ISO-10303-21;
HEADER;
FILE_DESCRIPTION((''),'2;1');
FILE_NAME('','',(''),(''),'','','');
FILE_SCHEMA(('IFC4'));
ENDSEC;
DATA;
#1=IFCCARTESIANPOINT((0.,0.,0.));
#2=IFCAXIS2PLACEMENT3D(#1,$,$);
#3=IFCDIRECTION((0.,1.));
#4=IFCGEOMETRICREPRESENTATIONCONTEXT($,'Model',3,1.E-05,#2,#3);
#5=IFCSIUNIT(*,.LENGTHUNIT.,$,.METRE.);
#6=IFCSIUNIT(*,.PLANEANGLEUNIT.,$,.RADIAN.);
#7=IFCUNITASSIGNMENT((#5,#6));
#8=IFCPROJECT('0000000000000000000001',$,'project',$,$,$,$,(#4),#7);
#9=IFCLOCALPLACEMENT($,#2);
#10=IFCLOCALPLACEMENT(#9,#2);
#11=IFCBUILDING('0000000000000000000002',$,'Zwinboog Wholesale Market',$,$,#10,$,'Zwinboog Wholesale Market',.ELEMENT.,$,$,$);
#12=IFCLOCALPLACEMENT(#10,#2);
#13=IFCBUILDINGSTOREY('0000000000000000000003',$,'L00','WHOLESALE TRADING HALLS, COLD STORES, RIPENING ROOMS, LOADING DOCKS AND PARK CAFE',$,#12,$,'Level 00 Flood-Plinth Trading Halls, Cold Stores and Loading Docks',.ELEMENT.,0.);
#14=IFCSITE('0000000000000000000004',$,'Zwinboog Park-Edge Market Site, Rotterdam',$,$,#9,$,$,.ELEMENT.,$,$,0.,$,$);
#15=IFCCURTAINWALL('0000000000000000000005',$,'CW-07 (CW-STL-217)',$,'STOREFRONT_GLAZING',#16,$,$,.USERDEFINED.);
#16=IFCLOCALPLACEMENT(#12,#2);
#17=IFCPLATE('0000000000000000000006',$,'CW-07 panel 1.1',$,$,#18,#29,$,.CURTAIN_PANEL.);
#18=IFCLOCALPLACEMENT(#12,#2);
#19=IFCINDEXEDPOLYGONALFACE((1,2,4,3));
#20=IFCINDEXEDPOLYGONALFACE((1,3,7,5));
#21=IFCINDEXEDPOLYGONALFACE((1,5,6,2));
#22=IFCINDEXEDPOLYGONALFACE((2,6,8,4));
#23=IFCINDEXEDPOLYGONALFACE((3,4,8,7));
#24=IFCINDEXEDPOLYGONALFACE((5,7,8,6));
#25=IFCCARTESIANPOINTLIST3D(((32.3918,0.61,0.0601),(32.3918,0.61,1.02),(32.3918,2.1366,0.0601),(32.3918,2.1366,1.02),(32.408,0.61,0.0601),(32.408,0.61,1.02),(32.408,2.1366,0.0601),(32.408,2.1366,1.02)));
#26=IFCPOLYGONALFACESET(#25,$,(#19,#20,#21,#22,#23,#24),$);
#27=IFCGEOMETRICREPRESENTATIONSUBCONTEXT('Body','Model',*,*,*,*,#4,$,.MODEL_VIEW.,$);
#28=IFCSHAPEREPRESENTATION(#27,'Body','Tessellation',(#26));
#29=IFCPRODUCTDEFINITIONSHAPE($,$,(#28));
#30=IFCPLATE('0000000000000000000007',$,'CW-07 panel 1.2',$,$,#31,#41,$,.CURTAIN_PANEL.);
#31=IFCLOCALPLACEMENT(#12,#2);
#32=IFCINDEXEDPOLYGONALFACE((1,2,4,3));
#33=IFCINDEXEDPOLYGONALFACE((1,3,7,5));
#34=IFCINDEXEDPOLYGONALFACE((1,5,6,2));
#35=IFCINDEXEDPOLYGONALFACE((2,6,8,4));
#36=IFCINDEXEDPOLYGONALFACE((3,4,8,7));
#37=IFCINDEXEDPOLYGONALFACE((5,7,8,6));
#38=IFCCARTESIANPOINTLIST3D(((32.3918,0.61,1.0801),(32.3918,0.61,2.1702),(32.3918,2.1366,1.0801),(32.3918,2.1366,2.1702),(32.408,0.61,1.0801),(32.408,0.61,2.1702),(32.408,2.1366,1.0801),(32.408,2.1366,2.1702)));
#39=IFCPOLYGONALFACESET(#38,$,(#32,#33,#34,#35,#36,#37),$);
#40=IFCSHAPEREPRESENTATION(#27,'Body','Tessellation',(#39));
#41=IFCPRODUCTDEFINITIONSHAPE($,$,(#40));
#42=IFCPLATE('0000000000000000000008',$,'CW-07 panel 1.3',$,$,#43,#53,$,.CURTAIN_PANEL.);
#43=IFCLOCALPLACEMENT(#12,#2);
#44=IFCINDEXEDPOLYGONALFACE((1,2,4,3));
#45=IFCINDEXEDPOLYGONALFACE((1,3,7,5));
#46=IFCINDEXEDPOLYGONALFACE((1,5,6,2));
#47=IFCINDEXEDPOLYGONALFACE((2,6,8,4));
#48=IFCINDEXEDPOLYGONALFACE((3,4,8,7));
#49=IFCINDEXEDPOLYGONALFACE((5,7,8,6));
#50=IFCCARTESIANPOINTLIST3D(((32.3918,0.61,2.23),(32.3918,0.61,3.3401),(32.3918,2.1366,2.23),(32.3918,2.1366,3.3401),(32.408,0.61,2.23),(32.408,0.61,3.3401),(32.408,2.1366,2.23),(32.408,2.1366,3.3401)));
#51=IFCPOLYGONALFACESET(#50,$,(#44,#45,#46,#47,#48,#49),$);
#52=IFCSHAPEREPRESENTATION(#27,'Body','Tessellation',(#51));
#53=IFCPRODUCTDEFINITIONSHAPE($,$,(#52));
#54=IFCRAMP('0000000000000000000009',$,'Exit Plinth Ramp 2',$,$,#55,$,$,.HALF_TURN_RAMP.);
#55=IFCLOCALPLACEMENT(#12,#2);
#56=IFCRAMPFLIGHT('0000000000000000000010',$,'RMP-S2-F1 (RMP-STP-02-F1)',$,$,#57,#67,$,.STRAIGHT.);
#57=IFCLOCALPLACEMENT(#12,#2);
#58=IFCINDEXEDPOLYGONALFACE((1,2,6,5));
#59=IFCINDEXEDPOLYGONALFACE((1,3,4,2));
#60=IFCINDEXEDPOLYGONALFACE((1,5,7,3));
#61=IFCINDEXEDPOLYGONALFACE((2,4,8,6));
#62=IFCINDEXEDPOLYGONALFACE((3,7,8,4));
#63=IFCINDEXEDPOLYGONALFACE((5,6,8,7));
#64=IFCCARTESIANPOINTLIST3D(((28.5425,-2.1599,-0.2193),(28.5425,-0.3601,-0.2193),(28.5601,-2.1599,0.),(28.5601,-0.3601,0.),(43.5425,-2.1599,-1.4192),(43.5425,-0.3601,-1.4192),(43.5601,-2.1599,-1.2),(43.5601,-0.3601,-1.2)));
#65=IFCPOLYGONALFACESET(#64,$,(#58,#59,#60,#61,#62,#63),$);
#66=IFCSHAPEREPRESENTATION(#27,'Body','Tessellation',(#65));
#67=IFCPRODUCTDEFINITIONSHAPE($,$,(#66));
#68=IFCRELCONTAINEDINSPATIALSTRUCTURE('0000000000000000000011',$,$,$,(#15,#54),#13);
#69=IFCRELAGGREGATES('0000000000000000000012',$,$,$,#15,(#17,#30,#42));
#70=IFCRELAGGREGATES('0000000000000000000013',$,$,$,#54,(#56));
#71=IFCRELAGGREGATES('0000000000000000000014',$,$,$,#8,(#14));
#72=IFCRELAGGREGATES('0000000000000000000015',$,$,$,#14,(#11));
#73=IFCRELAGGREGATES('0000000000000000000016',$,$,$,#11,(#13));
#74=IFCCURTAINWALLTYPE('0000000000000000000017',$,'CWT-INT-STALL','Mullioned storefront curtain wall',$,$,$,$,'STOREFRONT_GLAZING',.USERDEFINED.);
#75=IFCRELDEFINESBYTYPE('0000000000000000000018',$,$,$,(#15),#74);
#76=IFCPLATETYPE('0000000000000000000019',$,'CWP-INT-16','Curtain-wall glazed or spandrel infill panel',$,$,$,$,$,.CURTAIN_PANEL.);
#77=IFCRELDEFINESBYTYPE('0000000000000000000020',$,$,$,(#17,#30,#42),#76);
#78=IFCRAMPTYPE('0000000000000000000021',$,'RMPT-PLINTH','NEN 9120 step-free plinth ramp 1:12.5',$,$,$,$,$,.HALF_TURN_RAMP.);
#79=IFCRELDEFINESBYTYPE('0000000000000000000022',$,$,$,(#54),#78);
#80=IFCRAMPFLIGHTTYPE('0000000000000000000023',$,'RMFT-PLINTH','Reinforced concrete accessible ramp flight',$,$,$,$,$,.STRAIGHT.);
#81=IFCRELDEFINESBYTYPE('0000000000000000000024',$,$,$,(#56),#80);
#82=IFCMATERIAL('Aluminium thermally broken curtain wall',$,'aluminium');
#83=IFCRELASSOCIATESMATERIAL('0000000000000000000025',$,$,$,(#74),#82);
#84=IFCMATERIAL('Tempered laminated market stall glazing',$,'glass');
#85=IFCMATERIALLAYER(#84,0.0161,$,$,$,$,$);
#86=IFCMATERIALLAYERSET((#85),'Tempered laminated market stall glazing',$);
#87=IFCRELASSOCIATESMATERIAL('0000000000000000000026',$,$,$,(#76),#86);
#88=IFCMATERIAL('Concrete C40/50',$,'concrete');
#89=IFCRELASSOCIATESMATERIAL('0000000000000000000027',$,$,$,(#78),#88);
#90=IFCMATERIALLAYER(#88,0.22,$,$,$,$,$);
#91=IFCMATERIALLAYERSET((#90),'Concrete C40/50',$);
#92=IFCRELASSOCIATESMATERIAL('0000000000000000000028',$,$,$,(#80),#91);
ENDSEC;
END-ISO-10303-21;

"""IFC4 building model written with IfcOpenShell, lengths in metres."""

from ifc_helpers import new_model, si_unit, direction, frame, origin, origin_2d, place, context, subcontext, project, spatial, polyline, rectangle, outline, extrude, material, layer, layer_set, type_object, element, aggregate, save


model = new_model("IFC4")

# Units and contexts
model_context = context("Model", 3, precision=1e-05, world=origin(), true_north=direction((0.0, 1.0)))
body_context = subcontext(model_context, "Body", "Model", "MODEL_VIEW")
ifc_project = project(units=[si_unit("LENGTHUNIT", "METRE"), si_unit("PLANEANGLEUNIT", "RADIAN")], contexts=[model_context])

# Site, building, storey
site_placement = place(None, origin())
site = spatial("IfcSite", under=ifc_project, at=site_placement, Name="Zwinboog Park-Edge Market Site, Rotterdam", CompositionType="ELEMENT", RefElevation=0.0)
building_placement = place(site_placement, origin())
building = spatial("IfcBuilding", under=site, at=building_placement, Name="Zwinboog Wholesale Market", LongName="Zwinboog Wholesale Market", CompositionType="ELEMENT")
storey_placement = place(building_placement, origin())
storey = spatial("IfcBuildingStorey", under=building, at=storey_placement, Name="L00", Description="WHOLESALE TRADING HALLS, COLD STORES, RIPENING ROOMS, LOADING DOCKS AND PARK CAFE", LongName="Level 00 Flood-Plinth Trading Halls, Cold Stores and Loading Docks", CompositionType="ELEMENT", Elevation=0.0)

# Shared definitions
ifc_material_1 = material(Name="Concrete C40/50", Category="concrete")

# Curtain wall, plates
ifc_material_2 = material(Name="Aluminium thermally broken curtain wall", Category="aluminium")
curtain_wall_type = type_object("IfcCurtainWallType", Name="CWT-INT-STALL", Description="Mullioned storefront curtain wall", ElementType="STOREFRONT_GLAZING", PredefinedType="USERDEFINED", material=ifc_material_2)
curtain_wall_placement = place(storey_placement, origin())
curtain_wall = element("IfcCurtainWall", 1, at=curtain_wall_placement, inside=storey, type_object=curtain_wall_type, Name="CW-07 (CW-STL-217)", ObjectType="STOREFRONT_GLAZING", PredefinedType="USERDEFINED")
ifc_material_3 = material(Name="Tempered laminated market stall glazing", Category="glass")
ifc_layer_1 = layer(ifc_material_3, 0.0161)
ifc_layer_set_1 = layer_set([ifc_layer_1], Name="Tempered laminated market stall glazing")
plate_type = type_object("IfcPlateType", Name="CWP-INT-16", Description="Curtain-wall glazed or spandrel infill panel", PredefinedType="CURTAIN_PANEL", material=ifc_layer_set_1)
plate_1_placement = place(storey_placement, frame((32.3999, 1.3733, 0.0601), z_axis=(0.0, 0.0, 1.0), x_axis=(0.0, 1.0, 0.0)))
plate_1 = element("IfcPlate", 2, at=plate_1_placement, type_object=plate_type, Name="CW-07 panel 1.1", PredefinedType="CURTAIN_PANEL", context=body_context, shape_type="SweptSolid", body=[
    extrude(rectangle(XDim=1.5266, YDim=0.0161, at=origin_2d()), origin(), (0.0, 0.0, 1.0), 0.96),
])
plate_2_placement = place(storey_placement, frame((32.3999, 1.3733, 1.0801), z_axis=(0.0, 0.0, 1.0), x_axis=(0.0, 1.0, 0.0)))
plate_2 = element("IfcPlate", 3, at=plate_2_placement, type_object=plate_type, Name="CW-07 panel 1.2", PredefinedType="CURTAIN_PANEL", context=body_context, shape_type="SweptSolid", body=[
    extrude(rectangle(XDim=1.5266, YDim=0.0161, at=origin_2d()), origin(), (0.0, 0.0, 1.0), 1.0901),
])
plate_3_placement = place(storey_placement, frame((32.3999, 1.3733, 2.23), z_axis=(0.0, 0.0, 1.0), x_axis=(0.0, 1.0, 0.0)))
plate_3 = element("IfcPlate", 4, at=plate_3_placement, type_object=plate_type, Name="CW-07 panel 1.3", PredefinedType="CURTAIN_PANEL", context=body_context, shape_type="SweptSolid", body=[
    extrude(rectangle(XDim=1.5266, YDim=0.0161, at=origin_2d()), origin(), (0.0, 0.0, 1.0), 1.1101),
])
aggregate(curtain_wall, [plate_1, plate_2, plate_3])

# Ramp, ramp flight
ramp_type = type_object("IfcRampType", Name="RMPT-PLINTH", Description="NEN 9120 step-free plinth ramp 1:12.5", PredefinedType="HALF_TURN_RAMP", material=ifc_material_1)
ramp_placement = place(storey_placement, origin())
ramp = element("IfcRamp", 5, at=ramp_placement, inside=storey, type_object=ramp_type, Name="Exit Plinth Ramp 2", PredefinedType="HALF_TURN_RAMP")
ifc_layer_2 = layer(ifc_material_1, 0.22)
ifc_layer_set_2 = layer_set([ifc_layer_2], Name="Concrete C40/50")
ramp_flight_type = type_object("IfcRampFlightType", Name="RMFT-PLINTH", Description="Reinforced concrete accessible ramp flight", PredefinedType="STRAIGHT", material=ifc_layer_set_2)
ramp_flight_placement = place(storey_placement, frame((28.5601, -2.1599, 0.0), z_axis=(0.079742, 0.0, 0.996816), x_axis=(0.996816, 0.0, -0.079742)))
ramp_flight = element("IfcRampFlight", 6, at=ramp_flight_placement, type_object=ramp_flight_type, Name="RMP-S2-F1 (RMP-STP-02-F1)", PredefinedType="STRAIGHT", context=body_context, shape_type="SweptSolid", body=[
    extrude(outline(polyline([(0.0, 0.0), (15.0479, 0.0), (15.0479, 1.7998), (0.0, 1.7998), (0.0, 0.0)])), origin(), (0.0, 0.0, -1.0), 0.22),
])
aggregate(ramp, [ramp_flight])

save(model, "model.ifc")
